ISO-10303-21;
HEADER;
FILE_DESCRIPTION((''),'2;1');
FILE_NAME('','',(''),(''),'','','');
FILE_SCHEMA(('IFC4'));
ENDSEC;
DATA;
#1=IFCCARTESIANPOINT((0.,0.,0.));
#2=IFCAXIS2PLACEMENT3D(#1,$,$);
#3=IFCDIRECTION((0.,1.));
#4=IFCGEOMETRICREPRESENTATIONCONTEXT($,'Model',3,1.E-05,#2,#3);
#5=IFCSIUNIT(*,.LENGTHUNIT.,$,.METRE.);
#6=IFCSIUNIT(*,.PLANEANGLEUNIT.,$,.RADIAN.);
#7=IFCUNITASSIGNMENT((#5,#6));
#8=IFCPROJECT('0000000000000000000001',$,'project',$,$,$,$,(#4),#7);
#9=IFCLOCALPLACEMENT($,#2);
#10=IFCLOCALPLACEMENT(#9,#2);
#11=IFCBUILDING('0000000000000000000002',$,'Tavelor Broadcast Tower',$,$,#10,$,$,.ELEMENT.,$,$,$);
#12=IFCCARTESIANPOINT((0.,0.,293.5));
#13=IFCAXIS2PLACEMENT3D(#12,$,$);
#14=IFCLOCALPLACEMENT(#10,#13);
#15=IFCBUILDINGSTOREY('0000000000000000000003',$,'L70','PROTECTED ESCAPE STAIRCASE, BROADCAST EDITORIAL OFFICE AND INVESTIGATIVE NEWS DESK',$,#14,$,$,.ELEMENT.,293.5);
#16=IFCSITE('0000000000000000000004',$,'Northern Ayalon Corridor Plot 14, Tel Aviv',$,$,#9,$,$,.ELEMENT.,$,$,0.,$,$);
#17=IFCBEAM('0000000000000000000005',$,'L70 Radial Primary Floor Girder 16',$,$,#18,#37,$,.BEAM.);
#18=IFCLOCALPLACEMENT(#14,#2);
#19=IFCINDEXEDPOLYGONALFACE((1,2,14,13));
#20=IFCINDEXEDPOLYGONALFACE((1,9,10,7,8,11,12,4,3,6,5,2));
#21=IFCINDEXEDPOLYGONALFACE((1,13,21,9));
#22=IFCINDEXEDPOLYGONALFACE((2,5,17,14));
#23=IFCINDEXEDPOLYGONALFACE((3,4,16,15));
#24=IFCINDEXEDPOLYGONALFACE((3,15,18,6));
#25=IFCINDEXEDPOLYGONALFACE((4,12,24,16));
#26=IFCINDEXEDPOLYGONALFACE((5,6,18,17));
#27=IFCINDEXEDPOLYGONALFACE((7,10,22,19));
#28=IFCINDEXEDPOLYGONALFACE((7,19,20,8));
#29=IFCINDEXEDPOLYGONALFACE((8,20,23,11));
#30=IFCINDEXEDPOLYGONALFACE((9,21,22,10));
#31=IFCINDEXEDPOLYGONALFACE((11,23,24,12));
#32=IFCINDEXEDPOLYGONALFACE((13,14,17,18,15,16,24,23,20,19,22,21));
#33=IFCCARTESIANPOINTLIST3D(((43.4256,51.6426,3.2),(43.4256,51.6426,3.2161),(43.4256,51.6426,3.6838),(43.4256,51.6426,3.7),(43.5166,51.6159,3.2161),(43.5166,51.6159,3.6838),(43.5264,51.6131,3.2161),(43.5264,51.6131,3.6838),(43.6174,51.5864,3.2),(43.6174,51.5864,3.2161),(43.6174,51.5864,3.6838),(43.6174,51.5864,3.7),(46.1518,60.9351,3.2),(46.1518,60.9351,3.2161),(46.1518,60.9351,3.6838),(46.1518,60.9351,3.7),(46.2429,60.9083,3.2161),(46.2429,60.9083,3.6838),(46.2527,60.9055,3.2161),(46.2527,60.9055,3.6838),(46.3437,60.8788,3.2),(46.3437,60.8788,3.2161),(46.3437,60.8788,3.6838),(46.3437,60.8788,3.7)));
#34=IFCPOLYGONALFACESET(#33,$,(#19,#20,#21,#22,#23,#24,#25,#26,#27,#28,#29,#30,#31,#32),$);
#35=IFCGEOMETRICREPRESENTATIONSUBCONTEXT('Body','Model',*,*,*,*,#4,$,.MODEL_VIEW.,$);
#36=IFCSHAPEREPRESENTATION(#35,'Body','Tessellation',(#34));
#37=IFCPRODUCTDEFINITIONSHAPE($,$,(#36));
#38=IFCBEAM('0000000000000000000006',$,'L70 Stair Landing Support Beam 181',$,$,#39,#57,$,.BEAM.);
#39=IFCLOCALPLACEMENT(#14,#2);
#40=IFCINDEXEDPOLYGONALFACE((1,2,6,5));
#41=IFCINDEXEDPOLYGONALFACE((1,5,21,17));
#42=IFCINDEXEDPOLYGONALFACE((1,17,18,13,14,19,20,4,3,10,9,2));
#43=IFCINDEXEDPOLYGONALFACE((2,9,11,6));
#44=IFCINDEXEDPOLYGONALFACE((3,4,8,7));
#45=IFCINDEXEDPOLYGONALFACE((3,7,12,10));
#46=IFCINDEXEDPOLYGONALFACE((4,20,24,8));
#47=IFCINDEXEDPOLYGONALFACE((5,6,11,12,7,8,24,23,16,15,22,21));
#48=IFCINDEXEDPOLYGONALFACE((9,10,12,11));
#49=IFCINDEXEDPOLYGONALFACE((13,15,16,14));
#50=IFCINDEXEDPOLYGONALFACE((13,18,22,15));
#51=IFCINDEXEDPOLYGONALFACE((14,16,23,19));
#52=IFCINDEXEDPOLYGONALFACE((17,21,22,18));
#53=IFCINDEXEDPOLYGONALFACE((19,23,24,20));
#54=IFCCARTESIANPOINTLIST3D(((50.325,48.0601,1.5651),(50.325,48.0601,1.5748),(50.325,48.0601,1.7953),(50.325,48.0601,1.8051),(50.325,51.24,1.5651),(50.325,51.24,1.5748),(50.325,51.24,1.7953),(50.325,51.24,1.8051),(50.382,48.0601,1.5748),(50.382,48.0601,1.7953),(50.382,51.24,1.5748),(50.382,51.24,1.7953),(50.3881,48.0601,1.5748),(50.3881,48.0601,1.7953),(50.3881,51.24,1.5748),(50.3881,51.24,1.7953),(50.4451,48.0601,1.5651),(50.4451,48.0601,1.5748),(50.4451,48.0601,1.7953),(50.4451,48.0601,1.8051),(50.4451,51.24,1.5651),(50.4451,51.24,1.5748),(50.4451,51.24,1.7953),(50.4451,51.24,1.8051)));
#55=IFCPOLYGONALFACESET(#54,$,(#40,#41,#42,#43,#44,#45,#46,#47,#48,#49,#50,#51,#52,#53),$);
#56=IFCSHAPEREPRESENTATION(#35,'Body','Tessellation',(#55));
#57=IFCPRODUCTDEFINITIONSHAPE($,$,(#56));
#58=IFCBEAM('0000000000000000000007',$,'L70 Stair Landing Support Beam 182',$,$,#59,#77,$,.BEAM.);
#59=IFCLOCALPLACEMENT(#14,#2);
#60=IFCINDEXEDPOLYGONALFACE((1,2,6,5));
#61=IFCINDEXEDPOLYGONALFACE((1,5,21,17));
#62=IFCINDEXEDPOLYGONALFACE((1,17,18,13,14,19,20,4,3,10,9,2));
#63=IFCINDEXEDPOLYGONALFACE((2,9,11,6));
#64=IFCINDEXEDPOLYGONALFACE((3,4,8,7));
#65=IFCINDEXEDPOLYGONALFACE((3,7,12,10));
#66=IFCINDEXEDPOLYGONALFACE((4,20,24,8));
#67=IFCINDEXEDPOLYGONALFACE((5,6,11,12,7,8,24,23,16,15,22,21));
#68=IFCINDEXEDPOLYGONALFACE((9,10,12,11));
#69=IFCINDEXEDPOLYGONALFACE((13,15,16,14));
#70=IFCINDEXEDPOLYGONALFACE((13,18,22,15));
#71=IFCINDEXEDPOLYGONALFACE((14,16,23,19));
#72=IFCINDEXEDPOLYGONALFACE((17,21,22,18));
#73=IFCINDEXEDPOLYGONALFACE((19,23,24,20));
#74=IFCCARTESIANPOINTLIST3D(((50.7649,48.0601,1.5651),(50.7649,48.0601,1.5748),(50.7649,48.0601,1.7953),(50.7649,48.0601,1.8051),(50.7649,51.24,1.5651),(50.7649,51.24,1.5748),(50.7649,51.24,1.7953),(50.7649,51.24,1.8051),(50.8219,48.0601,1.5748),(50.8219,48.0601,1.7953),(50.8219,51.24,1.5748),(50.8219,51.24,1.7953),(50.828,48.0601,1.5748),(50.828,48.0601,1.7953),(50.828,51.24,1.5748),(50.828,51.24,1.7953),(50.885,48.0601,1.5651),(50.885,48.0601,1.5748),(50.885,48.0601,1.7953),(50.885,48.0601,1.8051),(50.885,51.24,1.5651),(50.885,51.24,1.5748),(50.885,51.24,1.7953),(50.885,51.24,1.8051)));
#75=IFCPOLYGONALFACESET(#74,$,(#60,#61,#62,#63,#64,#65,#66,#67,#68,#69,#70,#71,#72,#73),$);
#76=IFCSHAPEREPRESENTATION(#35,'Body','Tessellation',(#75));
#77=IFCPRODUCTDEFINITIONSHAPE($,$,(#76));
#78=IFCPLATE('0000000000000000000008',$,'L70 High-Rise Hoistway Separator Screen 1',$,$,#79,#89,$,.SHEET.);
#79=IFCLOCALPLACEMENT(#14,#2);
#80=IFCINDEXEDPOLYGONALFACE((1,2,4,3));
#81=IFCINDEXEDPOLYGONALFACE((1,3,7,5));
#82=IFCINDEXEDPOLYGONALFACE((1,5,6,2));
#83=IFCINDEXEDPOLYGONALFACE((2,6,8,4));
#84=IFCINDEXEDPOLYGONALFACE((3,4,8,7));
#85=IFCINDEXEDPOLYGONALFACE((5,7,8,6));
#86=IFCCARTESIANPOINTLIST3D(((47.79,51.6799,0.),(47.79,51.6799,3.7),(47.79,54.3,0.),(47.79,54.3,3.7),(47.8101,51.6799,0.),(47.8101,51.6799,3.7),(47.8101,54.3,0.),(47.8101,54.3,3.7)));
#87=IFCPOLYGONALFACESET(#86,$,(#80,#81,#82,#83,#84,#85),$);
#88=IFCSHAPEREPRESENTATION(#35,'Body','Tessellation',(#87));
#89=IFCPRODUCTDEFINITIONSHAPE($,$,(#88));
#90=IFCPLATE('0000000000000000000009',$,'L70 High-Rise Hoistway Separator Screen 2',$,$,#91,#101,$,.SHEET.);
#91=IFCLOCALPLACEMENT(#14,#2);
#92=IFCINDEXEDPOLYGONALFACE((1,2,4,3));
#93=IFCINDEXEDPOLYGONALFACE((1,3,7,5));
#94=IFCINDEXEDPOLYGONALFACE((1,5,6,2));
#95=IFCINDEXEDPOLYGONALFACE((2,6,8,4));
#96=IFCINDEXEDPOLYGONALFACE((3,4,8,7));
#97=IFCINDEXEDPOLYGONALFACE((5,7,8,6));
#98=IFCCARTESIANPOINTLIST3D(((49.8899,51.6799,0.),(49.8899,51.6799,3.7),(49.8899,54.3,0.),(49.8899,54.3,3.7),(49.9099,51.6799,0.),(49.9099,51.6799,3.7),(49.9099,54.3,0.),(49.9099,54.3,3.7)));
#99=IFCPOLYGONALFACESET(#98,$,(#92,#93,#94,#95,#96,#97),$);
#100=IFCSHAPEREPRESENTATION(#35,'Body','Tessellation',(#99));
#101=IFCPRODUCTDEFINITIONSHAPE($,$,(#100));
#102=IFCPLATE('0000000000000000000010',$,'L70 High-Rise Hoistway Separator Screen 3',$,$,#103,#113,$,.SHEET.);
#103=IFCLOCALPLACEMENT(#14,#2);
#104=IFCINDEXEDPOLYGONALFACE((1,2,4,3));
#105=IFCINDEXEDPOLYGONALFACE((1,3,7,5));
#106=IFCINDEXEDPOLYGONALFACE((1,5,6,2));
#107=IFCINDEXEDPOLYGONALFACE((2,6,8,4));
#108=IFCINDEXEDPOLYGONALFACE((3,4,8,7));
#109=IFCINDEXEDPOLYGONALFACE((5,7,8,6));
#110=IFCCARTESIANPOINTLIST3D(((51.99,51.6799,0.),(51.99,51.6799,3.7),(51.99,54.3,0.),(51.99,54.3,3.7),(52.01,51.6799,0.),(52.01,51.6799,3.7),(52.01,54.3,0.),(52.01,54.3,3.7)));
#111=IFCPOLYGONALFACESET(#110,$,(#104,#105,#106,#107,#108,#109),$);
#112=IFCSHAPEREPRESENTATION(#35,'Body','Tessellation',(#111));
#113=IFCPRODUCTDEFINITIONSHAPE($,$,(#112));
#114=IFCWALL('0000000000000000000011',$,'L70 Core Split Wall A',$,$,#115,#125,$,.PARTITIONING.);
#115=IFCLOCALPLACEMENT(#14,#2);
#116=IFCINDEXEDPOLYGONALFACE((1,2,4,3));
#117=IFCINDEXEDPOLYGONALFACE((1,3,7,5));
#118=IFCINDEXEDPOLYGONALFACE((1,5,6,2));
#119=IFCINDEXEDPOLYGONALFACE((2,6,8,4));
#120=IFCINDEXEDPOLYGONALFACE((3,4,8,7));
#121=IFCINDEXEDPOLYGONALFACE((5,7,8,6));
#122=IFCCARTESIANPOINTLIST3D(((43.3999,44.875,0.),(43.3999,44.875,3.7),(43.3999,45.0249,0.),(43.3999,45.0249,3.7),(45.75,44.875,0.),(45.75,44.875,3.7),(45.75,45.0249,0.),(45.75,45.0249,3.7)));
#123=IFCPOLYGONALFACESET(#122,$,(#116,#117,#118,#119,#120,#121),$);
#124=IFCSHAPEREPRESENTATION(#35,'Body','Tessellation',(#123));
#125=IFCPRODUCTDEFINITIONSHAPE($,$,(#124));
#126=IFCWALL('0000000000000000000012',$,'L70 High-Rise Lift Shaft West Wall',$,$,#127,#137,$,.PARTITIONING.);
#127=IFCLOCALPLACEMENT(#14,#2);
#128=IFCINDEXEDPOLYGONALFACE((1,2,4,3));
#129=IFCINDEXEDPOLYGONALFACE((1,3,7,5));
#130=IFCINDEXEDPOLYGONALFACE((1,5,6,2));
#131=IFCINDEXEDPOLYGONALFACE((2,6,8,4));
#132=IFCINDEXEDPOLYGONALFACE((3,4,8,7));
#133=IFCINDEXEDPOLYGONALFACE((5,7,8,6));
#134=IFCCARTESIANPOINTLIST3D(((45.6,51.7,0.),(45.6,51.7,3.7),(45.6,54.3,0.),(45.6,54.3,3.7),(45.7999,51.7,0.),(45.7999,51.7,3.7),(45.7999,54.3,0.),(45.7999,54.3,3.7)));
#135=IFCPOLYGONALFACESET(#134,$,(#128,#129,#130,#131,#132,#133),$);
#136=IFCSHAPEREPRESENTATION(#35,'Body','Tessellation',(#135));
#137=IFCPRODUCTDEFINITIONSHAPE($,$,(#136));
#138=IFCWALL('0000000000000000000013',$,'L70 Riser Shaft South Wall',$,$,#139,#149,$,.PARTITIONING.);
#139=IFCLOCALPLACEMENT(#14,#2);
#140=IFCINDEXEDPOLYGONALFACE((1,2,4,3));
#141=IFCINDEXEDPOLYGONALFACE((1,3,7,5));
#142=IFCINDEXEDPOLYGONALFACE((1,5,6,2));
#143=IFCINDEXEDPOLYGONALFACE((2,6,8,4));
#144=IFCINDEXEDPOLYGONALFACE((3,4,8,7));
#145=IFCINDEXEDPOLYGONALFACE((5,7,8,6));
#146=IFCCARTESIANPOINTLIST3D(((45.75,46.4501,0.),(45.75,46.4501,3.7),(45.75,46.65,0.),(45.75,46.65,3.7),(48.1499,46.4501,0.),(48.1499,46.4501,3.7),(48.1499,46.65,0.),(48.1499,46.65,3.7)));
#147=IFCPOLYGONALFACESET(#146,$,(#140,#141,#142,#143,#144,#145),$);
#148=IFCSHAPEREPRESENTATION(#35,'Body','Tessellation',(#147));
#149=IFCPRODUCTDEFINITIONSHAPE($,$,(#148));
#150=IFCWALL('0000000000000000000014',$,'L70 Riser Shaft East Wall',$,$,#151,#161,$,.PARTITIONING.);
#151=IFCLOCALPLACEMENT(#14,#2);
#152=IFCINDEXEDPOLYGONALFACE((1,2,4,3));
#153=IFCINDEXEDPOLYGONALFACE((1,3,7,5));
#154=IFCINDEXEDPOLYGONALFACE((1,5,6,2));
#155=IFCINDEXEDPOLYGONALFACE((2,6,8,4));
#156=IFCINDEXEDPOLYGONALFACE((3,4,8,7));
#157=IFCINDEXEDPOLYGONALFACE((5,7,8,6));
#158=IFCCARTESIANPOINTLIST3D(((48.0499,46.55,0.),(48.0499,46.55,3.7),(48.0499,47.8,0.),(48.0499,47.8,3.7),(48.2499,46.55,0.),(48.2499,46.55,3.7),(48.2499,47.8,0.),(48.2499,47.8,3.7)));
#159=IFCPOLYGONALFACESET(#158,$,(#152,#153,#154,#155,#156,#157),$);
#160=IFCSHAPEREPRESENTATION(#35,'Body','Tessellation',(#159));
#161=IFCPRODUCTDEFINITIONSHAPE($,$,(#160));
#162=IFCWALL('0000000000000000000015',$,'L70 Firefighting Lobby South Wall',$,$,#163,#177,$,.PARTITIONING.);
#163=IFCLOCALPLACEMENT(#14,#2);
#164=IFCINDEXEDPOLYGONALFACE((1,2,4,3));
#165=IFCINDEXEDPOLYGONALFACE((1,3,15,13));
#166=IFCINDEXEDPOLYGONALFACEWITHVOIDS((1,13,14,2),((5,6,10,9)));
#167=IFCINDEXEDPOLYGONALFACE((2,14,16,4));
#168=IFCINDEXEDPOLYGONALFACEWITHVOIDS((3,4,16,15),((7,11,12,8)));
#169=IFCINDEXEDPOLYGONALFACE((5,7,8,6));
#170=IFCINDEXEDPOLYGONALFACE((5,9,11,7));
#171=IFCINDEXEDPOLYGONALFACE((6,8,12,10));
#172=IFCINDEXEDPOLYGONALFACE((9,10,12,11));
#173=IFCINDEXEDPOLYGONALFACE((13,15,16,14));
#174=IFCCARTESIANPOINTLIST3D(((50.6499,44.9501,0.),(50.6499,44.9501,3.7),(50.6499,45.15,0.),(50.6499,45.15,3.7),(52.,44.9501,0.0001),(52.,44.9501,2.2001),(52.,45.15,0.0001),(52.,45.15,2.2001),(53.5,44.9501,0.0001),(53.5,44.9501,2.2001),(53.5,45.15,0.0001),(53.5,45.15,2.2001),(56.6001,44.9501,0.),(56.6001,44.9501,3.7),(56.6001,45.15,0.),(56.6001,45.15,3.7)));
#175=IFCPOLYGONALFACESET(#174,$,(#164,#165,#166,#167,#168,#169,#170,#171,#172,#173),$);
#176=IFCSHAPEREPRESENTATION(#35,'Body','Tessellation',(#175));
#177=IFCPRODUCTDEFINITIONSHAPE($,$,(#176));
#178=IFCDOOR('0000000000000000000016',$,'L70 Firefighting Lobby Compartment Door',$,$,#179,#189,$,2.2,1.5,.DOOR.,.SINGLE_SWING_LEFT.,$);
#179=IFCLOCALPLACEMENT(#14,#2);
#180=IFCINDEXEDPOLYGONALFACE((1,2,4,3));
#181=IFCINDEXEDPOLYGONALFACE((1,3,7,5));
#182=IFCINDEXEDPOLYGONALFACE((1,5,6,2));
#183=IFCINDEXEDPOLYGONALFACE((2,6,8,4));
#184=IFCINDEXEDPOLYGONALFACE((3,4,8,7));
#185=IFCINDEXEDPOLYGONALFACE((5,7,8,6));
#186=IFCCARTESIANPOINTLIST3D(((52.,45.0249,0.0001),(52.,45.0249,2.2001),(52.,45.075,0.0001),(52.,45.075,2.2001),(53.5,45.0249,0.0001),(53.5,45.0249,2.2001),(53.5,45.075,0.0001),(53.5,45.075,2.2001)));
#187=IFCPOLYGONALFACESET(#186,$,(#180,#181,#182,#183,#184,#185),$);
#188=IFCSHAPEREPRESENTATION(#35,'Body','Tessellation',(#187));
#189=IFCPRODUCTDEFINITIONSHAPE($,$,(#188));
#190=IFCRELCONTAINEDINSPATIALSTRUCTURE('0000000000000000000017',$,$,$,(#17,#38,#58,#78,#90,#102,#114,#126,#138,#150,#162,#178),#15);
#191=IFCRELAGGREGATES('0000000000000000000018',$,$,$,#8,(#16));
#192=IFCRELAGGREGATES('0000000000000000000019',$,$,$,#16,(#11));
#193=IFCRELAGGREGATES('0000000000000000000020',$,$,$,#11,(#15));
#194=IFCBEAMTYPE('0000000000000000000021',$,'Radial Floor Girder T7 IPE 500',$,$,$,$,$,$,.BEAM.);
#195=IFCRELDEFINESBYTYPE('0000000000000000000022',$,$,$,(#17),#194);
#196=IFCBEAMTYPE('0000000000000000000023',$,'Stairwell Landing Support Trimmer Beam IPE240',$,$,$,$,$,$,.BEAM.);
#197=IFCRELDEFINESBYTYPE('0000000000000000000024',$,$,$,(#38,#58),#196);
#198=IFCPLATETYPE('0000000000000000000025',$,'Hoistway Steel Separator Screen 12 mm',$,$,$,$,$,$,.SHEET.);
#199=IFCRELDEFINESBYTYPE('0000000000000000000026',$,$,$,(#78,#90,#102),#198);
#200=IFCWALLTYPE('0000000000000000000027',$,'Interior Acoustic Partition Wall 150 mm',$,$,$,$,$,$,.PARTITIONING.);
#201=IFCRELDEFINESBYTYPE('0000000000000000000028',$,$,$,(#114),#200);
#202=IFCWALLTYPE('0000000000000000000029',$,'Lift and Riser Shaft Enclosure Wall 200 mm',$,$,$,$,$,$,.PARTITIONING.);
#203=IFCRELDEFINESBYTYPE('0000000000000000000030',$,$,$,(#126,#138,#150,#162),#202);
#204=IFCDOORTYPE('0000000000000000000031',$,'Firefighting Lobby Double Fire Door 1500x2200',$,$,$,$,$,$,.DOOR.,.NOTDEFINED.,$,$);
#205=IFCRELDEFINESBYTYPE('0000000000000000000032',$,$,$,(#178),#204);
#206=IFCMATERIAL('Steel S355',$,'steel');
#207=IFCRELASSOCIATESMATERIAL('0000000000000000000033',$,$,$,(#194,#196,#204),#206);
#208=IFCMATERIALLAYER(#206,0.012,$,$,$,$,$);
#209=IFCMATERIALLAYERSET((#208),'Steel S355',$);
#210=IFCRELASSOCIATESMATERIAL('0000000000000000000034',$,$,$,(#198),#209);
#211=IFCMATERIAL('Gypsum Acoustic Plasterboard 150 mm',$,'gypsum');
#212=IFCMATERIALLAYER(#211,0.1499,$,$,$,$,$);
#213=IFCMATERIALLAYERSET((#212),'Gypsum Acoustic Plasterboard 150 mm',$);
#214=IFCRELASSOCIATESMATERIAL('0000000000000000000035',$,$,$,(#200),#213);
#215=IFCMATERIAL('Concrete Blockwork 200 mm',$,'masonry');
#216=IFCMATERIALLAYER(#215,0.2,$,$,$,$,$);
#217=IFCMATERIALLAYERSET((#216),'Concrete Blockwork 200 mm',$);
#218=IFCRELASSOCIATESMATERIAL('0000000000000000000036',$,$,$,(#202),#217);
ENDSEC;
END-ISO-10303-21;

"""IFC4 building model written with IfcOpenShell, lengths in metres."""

from ifc_helpers import new_model, si_unit, direction, frame, frame_2d, origin, origin_2d, place, context, subcontext, project, spatial, rectangle, i_section, extrude, source, transform, mapped, material, layer, layer_set, material_profile, profile_set, type_object, type_shapes, element, fill, save


model = new_model("IFC4")

# Units and contexts
model_context = context("Model", 3, precision=1e-05, world=origin(), true_north=direction((0.0, 1.0)))
body_context = subcontext(model_context, "Body", "Model", "MODEL_VIEW")
ifc_project = project(units=[si_unit("LENGTHUNIT", "METRE"), si_unit("PLANEANGLEUNIT", "RADIAN")], contexts=[model_context])

# Site, building, storey
site_placement = place(None, origin())
site = spatial("IfcSite", under=ifc_project, at=site_placement, Name="Northern Ayalon Corridor Plot 14, Tel Aviv", CompositionType="ELEMENT", RefElevation=0.0)
building_placement = place(site_placement, origin())
building = spatial("IfcBuilding", under=site, at=building_placement, Name="Tavelor Broadcast Tower", CompositionType="ELEMENT")
storey_placement = place(building_placement, frame((0.0, 0.0, 293.5)))
storey = spatial("IfcBuildingStorey", under=building, at=storey_placement, Name="L70", Description="PROTECTED ESCAPE STAIRCASE, BROADCAST EDITORIAL OFFICE AND INVESTIGATIVE NEWS DESK", CompositionType="ELEMENT", Elevation=293.5)

# Beams
ifc_material_1 = material(Name="Steel S355", Category="steel")
ifc_material_profile_1 = material_profile(ifc_material_1, i_section(OverallWidth=0.2, OverallDepth=0.5, WebThickness=0.0103, FlangeThickness=0.0161, at=origin_2d()), Name="IPE 500")
ifc_profile_set_1 = profile_set([ifc_material_profile_1], Name="Steel S355")
beam_type_1 = type_object("IfcBeamType", Name="Radial Floor Girder T7 IPE 500", PredefinedType="BEAM", material=ifc_profile_set_1)
beam_placement = place(storey_placement, frame((43.5215, 51.6145, 3.45), z_axis=(0.281523, 0.959554, 0.0), x_axis=(-0.959554, 0.281523, 0.0)))
element("IfcBeam", 1, at=beam_placement, inside=storey, type_object=beam_type_1, Name="L70 Radial Primary Floor Girder 16", PredefinedType="BEAM", context=body_context, shape_type="SweptSolid", body=[
    extrude(i_section(OverallWidth=0.2, OverallDepth=0.5, WebThickness=0.0103, FlangeThickness=0.0161, at=origin_2d()), origin(), (0.0, 0.0, 1.0), 9.6841),
])
ifc_material_profile_2 = material_profile(ifc_material_1, i_section(OverallWidth=0.1201, OverallDepth=0.24, WebThickness=0.0061, FlangeThickness=0.0098, at=origin_2d()), Name="IPE 240")
ifc_profile_set_2 = profile_set([ifc_material_profile_2], Name="Steel S355")
beam_type_2 = type_object("IfcBeamType", Name="Stairwell Landing Support Trimmer Beam IPE240", PredefinedType="BEAM", material=ifc_profile_set_2)
for number, where, z_axis, x_axis, name in (
    (2, (50.385, 48.0601, 1.6851), (0.0, 1.0, 0.0), (-1.0, 0.0, 0.0), "L70 Stair Landing Support Beam 181"),
    (3, (50.825, 48.0601, 1.6851), (0.0, 1.0, 0.0), (-1.0, 0.0, 0.0), "L70 Stair Landing Support Beam 182"),
):
    element("IfcBeam", number, at=place(storey_placement, frame(where, z_axis=z_axis, x_axis=x_axis)), inside=storey, type_object=beam_type_2, Name=name, PredefinedType="BEAM", context=body_context, shape_type="SweptSolid", body=[
        extrude(i_section(OverallWidth=0.1201, OverallDepth=0.24, WebThickness=0.0061, FlangeThickness=0.0098, at=origin_2d()), origin(), (0.0, 0.0, 1.0), 3.1799),
    ])

# Plates
ifc_layer_1 = layer(ifc_material_1, 0.012)
ifc_layer_set_1 = layer_set([ifc_layer_1], Name="Steel S355")
plate_type = type_object("IfcPlateType", Name="Hoistway Steel Separator Screen 12 mm", PredefinedType="SHEET", material=ifc_layer_set_1)
shared_shape = source(origin(), body_context, "Body", "SweptSolid", [
    extrude(rectangle(XDim=0.02, YDim=2.6201, at=origin_2d()), origin(), (0.0, 0.0, 1.0), 3.7),
])
type_shapes(plate_type, [shared_shape])
for number, where, z_axis, x_axis, name in (
    (4, (47.8, 52.99, 0.0), (0.0, 0.0, 1.0), (1.0, 0.0, 0.0), "L70 High-Rise Hoistway Separator Screen 1"),
    (5, (49.8999, 52.99, 0.0), (0.0, 0.0, 1.0), (1.0, 0.0, 0.0), "L70 High-Rise Hoistway Separator Screen 2"),
    (6, (52.0, 52.99, 0.0), (0.0, 0.0, 1.0), (1.0, 0.0, 0.0), "L70 High-Rise Hoistway Separator Screen 3"),
):
    element("IfcPlate", number, at=place(storey_placement, frame(where, z_axis=z_axis, x_axis=x_axis)), inside=storey, type_object=plate_type, Name=name, PredefinedType="SHEET", context=body_context, shape_type="MappedRepresentation", body=[
        mapped(shared_shape, transform((0.0, 0.0, 0.0), scale=1.0)),
    ])

# Wall
ifc_material_2 = material(Name="Gypsum Acoustic Plasterboard 150 mm", Category="gypsum")
ifc_layer_2 = layer(ifc_material_2, 0.1499)
ifc_layer_set_2 = layer_set([ifc_layer_2], Name="Gypsum Acoustic Plasterboard 150 mm")
wall_type_1 = type_object("IfcWallType", Name="Interior Acoustic Partition Wall 150 mm", PredefinedType="PARTITIONING", material=ifc_layer_set_2)
wall_1_placement = place(storey_placement, frame((43.3999, 44.95, 0.0), z_axis=(0.0, 0.0, 1.0), x_axis=(1.0, 0.0, 0.0)))
element("IfcWall", 7, at=wall_1_placement, inside=storey, type_object=wall_type_1, Name="L70 Core Split Wall A", PredefinedType="PARTITIONING", context=body_context, shape_type="SweptSolid", body=[
    extrude(rectangle(XDim=2.3501, YDim=0.1499, at=frame_2d((1.175, 0.0))), origin(), (0.0, 0.0, 1.0), 3.7),
])

# Shared definitions
ifc_material_3 = material(Name="Concrete Blockwork 200 mm", Category="masonry")

# Walls
ifc_layer_3 = layer(ifc_material_3, 0.2)
ifc_layer_set_3 = layer_set([ifc_layer_3], Name="Concrete Blockwork 200 mm")
wall_type_2 = type_object("IfcWallType", Name="Lift and Riser Shaft Enclosure Wall 200 mm", PredefinedType="PARTITIONING", material=ifc_layer_set_3)
wall_2_placement = place(storey_placement, frame((45.7, 51.7, 0.0), z_axis=(0.0, 0.0, 1.0), x_axis=(0.0, 1.0, 0.0)))
element("IfcWall", 8, at=wall_2_placement, inside=storey, type_object=wall_type_2, Name="L70 High-Rise Lift Shaft West Wall", PredefinedType="PARTITIONING", context=body_context, shape_type="SweptSolid", body=[
    extrude(rectangle(XDim=2.6001, YDim=0.2, at=frame_2d((1.3, 0.0))), origin(), (0.0, 0.0, 1.0), 3.7),
])
wall_3_placement = place(storey_placement, frame((45.75, 46.55, 0.0), z_axis=(0.0, 0.0, 1.0), x_axis=(1.0, 0.0, 0.0)))
element("IfcWall", 9, at=wall_3_placement, inside=storey, type_object=wall_type_2, Name="L70 Riser Shaft South Wall", PredefinedType="PARTITIONING", context=body_context, shape_type="SweptSolid", body=[
    extrude(rectangle(XDim=2.3999, YDim=0.2, at=frame_2d((1.2, 0.0))), origin(), (0.0, 0.0, 1.0), 3.7),
])
wall_4_placement = place(storey_placement, frame((48.1499, 46.55, 0.0), z_axis=(0.0, 0.0, 1.0), x_axis=(0.0, 1.0, 0.0)))
element("IfcWall", 10, at=wall_4_placement, inside=storey, type_object=wall_type_2, Name="L70 Riser Shaft East Wall", PredefinedType="PARTITIONING", context=body_context, shape_type="SweptSolid", body=[
    extrude(rectangle(XDim=1.25, YDim=0.2, at=frame_2d((0.625, 0.0))), origin(), (0.0, 0.0, 1.0), 3.7),
])

# Wall, opening, door
wall_5_placement = place(storey_placement, frame((50.6499, 45.05, 0.0), z_axis=(0.0, 0.0, 1.0), x_axis=(1.0, 0.0, 0.0)))
wall_5 = element("IfcWall", 11, at=wall_5_placement, inside=storey, type_object=wall_type_2, Name="L70 Firefighting Lobby South Wall", PredefinedType="PARTITIONING", context=body_context, shape_type="SweptSolid", body=[
    extrude(rectangle(XDim=5.9502, YDim=0.2, at=frame_2d((2.9751, 0.0))), origin(), (0.0, 0.0, 1.0), 3.7),
])
opening_1_placement = place(wall_5_placement, frame((1.3501, 0.0, 0.0)))
opening_1 = element("IfcOpeningElement", 12, at=opening_1_placement, cuts=wall_5, PredefinedType="OPENING", context=body_context, shape_type="SweptSolid", body=[
    extrude(rectangle(XDim=1.5, YDim=2.2, at=frame_2d((0.75, 1.1001))), frame((0.0, 0.1099, 0.0), z_axis=(0.0, -1.0, 0.0), x_axis=(1.0, 0.0, 0.0)), (0.0, 0.0, 1.0), 0.22),
])
door_type_1 = type_object("IfcDoorType", Name="Firefighting Lobby Double Fire Door 1500x2200", OperationType="NOTDEFINED", PredefinedType="DOOR", material=ifc_material_1)
door_1_placement = place(opening_1_placement, origin())
door_1 = element("IfcDoor", 13, at=door_1_placement, inside=storey, type_object=door_type_1, Name="L70 Firefighting Lobby Compartment Door", OperationType="SINGLE_SWING_LEFT", OverallHeight=2.2, OverallWidth=1.5, PredefinedType="DOOR", context=body_context, shape_type="SweptSolid", body=[
    extrude(rectangle(XDim=1.5, YDim=2.2, at=frame_2d((0.75, 1.1001))), frame((0.0, 0.0249, 0.0), z_axis=(0.0, -1.0, 0.0), x_axis=(1.0, 0.0, 0.0)), (0.0, 0.0, 1.0), 0.05),
])
fill(opening_1, door_1)

save(model, "model.ifc")
